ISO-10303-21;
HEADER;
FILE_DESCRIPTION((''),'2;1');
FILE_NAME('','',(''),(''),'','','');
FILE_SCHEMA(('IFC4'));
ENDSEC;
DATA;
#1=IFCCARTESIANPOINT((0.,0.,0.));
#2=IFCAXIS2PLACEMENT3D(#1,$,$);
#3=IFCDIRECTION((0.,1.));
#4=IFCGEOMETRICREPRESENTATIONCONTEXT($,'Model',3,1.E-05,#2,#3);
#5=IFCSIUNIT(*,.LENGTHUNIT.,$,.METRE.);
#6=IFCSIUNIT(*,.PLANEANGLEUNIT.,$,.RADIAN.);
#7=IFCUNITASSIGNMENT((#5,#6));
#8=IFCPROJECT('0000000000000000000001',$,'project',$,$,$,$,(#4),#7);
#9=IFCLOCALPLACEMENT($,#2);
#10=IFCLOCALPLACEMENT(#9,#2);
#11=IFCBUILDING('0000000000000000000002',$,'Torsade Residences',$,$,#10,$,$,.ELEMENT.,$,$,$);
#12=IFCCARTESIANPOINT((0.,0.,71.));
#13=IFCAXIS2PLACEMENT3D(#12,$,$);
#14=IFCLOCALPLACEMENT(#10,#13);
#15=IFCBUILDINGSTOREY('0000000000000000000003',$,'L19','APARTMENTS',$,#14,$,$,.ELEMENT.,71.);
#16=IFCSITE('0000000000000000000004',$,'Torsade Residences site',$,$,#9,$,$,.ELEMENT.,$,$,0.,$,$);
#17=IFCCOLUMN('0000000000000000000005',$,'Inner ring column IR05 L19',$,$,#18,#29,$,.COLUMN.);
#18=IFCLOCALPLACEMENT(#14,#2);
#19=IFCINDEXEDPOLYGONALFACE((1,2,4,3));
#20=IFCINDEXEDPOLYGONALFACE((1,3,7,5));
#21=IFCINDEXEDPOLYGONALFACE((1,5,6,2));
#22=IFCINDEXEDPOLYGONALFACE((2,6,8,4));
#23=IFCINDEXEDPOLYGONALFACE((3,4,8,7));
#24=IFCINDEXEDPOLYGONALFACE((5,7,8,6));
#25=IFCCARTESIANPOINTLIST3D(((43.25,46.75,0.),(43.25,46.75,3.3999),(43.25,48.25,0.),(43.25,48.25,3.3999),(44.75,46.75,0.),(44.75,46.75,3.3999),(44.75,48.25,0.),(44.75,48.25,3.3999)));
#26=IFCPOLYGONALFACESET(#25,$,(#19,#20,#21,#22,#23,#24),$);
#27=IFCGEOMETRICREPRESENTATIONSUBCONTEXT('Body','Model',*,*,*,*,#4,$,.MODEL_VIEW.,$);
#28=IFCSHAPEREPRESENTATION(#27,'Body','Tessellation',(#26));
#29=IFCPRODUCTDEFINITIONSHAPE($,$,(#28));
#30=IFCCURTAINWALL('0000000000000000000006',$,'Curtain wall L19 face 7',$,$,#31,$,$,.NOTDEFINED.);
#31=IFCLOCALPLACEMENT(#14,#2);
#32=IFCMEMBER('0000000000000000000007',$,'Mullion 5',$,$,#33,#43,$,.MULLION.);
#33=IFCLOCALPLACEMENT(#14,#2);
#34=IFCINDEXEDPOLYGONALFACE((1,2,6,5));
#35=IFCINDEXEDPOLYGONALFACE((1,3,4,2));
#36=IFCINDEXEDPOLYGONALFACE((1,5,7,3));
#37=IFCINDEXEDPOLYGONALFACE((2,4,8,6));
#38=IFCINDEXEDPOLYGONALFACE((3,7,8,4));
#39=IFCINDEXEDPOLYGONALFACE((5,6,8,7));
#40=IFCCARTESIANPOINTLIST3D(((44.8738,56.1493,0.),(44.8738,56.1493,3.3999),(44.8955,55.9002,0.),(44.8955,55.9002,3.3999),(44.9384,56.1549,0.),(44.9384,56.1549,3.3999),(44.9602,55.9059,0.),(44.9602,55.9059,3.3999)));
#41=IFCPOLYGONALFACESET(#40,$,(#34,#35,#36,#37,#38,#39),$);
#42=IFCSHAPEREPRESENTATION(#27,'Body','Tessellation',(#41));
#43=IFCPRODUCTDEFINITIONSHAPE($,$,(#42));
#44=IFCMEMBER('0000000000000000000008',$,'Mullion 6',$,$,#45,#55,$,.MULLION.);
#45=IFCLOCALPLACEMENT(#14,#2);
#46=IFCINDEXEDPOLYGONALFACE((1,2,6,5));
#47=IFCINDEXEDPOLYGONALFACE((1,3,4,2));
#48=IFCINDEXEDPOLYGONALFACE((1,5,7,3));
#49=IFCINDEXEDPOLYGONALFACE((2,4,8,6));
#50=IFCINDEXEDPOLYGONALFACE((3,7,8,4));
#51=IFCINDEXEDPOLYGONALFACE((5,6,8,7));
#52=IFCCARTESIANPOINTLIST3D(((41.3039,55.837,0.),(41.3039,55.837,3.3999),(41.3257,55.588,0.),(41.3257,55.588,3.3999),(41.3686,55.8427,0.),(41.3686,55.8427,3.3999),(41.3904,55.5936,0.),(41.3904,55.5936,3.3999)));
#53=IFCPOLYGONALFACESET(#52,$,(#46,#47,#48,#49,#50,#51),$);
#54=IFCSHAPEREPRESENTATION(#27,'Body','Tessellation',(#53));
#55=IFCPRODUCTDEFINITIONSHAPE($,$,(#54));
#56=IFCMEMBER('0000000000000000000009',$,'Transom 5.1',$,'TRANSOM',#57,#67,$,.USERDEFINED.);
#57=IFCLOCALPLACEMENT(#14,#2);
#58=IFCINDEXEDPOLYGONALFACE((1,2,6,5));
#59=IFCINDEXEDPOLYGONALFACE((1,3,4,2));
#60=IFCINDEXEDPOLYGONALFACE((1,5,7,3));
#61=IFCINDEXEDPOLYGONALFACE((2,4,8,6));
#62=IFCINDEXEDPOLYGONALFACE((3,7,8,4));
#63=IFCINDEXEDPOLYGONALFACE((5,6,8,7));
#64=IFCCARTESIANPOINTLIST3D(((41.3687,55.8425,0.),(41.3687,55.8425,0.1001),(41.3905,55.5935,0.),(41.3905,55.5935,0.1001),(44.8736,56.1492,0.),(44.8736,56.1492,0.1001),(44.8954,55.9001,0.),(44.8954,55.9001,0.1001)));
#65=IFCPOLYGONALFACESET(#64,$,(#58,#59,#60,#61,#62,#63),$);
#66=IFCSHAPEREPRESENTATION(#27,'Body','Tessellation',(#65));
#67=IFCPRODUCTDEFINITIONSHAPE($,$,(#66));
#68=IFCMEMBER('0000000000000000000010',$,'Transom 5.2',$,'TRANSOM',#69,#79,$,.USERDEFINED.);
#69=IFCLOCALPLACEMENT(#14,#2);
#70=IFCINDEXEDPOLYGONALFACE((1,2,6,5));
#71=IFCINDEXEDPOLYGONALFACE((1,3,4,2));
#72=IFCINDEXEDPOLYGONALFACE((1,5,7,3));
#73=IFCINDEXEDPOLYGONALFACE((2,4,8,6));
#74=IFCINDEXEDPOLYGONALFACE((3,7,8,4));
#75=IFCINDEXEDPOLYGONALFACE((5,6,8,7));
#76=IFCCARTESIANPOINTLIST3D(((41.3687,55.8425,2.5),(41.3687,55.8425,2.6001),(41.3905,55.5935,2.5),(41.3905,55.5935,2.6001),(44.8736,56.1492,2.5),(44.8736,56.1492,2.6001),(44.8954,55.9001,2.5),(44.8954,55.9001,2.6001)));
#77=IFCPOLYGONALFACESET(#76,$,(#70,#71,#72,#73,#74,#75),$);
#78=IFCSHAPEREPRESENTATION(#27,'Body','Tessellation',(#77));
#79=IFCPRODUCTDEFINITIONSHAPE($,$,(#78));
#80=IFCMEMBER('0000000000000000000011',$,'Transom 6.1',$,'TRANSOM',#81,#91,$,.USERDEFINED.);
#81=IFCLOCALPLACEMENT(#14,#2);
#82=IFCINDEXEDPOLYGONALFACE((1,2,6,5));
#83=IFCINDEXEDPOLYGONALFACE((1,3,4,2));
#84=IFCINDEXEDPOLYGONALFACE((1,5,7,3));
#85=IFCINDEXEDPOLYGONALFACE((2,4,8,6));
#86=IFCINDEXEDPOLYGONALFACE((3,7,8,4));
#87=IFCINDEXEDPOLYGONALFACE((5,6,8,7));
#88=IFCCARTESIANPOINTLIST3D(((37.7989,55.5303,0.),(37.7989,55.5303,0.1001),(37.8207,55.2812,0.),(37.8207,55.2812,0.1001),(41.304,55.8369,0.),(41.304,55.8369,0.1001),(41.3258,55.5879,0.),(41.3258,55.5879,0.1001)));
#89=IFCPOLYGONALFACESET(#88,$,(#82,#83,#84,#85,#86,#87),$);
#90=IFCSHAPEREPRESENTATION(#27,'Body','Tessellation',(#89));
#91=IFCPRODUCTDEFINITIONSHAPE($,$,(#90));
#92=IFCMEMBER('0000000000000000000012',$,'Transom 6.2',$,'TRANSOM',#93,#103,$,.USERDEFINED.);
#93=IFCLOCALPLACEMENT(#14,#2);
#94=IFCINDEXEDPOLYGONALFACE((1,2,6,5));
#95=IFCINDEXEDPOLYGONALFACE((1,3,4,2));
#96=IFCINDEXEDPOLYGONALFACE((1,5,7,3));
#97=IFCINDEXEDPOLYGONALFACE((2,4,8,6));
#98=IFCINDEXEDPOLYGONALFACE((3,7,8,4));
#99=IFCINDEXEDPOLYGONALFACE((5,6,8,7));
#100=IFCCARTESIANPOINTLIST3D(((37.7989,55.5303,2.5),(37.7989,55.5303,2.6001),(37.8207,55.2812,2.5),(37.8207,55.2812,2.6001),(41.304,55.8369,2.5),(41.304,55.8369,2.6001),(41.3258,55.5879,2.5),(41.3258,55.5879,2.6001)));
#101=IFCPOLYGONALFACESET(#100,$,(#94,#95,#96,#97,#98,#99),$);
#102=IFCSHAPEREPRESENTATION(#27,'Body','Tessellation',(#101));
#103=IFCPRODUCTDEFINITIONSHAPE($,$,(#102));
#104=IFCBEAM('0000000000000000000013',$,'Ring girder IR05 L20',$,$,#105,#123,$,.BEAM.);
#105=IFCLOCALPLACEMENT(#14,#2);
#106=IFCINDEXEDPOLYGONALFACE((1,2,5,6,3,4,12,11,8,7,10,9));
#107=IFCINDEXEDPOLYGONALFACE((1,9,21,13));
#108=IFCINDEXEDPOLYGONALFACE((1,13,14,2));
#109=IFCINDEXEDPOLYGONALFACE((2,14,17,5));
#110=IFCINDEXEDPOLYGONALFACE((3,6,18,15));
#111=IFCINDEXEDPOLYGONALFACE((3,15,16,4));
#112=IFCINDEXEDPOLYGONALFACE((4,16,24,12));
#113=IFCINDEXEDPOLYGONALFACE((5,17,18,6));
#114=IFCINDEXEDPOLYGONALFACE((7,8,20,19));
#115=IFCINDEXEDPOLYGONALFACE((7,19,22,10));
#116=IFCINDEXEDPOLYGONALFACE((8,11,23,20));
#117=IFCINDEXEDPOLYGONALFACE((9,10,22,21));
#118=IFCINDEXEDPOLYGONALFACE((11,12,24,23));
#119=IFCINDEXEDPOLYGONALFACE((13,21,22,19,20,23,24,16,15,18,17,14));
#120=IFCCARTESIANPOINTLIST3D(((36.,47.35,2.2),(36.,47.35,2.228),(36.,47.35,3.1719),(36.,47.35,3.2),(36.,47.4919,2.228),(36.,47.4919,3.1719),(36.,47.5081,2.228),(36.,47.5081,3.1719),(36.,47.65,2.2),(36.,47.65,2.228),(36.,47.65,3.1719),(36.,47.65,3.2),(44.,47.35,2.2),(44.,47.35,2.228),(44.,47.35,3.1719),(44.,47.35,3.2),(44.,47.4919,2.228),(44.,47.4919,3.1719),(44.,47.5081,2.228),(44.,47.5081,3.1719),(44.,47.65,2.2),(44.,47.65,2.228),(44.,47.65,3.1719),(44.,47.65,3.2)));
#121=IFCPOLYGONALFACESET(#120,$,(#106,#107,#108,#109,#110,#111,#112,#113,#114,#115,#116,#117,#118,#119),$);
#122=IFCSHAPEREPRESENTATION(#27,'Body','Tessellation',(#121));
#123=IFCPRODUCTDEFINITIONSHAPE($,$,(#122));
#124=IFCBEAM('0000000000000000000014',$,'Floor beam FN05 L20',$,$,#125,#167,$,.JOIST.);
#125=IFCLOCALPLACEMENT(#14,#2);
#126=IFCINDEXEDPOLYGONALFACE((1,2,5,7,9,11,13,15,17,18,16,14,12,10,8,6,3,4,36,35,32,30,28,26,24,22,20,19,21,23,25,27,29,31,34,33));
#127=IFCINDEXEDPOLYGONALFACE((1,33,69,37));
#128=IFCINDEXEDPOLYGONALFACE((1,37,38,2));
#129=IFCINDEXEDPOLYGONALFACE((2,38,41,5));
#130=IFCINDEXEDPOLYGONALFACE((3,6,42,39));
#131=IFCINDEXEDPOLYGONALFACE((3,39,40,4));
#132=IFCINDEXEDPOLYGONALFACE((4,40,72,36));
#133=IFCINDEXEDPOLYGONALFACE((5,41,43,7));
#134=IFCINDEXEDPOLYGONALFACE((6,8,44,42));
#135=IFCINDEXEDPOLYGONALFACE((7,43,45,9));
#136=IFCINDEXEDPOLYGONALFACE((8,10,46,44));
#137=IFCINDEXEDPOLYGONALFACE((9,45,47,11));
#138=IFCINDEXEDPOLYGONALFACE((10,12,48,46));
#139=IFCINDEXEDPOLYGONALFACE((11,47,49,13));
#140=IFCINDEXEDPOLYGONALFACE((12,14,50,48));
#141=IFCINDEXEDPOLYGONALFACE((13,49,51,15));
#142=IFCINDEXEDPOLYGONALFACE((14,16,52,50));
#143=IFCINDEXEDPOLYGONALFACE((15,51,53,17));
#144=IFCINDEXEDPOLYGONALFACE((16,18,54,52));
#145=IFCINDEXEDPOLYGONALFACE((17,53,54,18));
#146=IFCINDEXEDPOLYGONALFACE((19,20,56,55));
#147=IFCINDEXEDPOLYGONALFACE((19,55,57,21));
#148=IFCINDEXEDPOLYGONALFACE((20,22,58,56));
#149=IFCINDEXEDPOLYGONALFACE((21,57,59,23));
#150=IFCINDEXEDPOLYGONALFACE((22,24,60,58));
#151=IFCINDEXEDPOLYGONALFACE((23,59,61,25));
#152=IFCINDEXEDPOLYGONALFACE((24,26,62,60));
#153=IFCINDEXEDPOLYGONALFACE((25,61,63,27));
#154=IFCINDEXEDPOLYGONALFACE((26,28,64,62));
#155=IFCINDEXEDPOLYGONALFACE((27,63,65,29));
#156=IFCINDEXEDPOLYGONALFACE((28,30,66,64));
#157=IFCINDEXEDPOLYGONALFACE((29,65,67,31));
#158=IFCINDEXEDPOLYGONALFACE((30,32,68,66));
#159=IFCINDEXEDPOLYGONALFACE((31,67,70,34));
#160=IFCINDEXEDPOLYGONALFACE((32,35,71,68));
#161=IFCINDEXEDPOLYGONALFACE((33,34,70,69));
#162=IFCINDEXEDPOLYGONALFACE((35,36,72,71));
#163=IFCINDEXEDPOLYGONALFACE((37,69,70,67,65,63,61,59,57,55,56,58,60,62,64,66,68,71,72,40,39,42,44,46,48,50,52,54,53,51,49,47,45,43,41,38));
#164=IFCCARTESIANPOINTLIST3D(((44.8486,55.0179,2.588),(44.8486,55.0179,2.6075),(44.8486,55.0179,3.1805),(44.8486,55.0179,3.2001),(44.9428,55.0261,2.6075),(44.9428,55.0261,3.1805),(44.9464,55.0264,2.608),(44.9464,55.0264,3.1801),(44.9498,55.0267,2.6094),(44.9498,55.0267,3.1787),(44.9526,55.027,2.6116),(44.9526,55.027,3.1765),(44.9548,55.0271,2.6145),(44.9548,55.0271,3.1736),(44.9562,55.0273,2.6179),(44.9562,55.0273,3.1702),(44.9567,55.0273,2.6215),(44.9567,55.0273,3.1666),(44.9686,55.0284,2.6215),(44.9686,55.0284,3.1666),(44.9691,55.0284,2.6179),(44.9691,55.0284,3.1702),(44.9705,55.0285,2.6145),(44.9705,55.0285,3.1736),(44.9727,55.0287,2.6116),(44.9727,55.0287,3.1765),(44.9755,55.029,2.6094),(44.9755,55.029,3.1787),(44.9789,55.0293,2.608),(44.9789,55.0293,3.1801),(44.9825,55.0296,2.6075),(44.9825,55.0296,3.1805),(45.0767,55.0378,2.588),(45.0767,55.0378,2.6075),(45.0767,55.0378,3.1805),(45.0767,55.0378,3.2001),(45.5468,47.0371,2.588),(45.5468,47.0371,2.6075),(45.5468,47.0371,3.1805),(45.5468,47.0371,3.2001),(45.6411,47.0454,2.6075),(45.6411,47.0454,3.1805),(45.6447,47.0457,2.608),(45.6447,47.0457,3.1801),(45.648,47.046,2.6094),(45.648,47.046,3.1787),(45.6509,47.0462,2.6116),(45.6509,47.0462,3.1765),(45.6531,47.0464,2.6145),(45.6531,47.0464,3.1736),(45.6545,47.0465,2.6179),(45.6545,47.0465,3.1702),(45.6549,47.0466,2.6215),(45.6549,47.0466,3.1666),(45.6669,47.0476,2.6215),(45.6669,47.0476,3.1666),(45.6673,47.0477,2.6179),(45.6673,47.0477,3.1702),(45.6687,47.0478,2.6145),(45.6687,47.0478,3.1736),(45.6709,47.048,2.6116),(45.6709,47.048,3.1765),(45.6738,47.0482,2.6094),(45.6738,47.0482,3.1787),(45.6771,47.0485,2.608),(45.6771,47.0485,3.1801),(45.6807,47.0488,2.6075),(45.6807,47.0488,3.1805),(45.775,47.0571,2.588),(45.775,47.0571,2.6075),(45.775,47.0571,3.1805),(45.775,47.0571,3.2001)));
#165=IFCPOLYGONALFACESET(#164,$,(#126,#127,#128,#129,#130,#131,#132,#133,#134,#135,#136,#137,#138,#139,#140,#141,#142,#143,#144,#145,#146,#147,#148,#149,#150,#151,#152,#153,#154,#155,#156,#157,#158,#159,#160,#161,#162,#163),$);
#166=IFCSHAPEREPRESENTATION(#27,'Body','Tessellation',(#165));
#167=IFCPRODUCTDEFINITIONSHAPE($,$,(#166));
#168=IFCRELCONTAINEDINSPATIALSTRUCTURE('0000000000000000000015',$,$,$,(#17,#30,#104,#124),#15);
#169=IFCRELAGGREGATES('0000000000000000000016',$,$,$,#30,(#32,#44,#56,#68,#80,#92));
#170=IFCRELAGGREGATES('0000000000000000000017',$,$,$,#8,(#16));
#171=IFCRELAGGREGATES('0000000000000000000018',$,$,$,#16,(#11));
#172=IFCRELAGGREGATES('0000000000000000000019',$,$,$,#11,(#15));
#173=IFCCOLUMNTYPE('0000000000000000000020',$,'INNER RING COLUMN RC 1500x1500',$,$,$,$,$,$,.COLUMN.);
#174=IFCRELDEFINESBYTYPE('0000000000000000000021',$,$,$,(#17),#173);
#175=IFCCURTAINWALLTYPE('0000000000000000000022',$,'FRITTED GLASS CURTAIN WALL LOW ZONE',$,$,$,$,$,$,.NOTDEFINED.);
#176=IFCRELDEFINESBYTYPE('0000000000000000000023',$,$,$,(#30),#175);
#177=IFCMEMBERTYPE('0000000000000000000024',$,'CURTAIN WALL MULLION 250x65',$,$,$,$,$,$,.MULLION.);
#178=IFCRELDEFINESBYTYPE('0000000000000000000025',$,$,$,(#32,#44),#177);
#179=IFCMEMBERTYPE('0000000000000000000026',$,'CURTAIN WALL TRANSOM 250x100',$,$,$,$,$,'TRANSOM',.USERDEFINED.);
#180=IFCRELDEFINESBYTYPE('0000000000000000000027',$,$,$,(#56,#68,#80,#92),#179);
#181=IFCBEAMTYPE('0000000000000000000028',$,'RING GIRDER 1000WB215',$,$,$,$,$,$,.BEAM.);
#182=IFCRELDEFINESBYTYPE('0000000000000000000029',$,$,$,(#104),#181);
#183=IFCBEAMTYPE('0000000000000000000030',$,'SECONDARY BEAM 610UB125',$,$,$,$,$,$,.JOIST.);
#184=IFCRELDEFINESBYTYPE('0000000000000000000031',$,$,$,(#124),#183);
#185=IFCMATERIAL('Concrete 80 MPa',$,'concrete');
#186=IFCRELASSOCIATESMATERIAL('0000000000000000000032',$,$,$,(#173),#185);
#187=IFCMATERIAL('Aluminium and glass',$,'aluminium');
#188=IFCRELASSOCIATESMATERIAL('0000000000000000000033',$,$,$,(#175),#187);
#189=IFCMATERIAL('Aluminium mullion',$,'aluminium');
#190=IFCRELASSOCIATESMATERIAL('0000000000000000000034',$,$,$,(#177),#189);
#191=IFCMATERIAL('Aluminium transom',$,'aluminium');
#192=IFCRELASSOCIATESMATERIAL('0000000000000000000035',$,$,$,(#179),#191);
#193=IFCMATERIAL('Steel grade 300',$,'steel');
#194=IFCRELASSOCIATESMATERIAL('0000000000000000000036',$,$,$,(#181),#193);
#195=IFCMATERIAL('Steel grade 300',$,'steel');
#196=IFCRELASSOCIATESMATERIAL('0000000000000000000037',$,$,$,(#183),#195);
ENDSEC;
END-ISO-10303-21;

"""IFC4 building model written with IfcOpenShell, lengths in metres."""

from ifc_helpers import new_model, si_unit, direction, frame, origin, origin_2d, place, context, subcontext, project, spatial, rectangle, i_section, extrude, material, material_profile, profile_set, type_object, element, aggregate, save


model = new_model("IFC4")

# Units and contexts
model_context = context("Model", 3, precision=1e-05, world=origin(), true_north=direction((0.0, 1.0)))
body_context = subcontext(model_context, "Body", "Model", "MODEL_VIEW")
ifc_project = project(units=[si_unit("LENGTHUNIT", "METRE"), si_unit("PLANEANGLEUNIT", "RADIAN")], contexts=[model_context])

# Site, building, storey
site_placement = place(None, origin())
site = spatial("IfcSite", under=ifc_project, at=site_placement, Name="Torsade Residences site", CompositionType="ELEMENT", RefElevation=0.0)
building_placement = place(site_placement, origin())
building = spatial("IfcBuilding", under=site, at=building_placement, Name="Torsade Residences", CompositionType="ELEMENT")
storey_placement = place(building_placement, frame((0.0, 0.0, 71.0)))
storey = spatial("IfcBuildingStorey", under=building, at=storey_placement, Name="L19", Description="APARTMENTS", CompositionType="ELEMENT", Elevation=71.0)

# Column
ifc_material_1 = material(Name="Concrete 80 MPa", Category="concrete")
ifc_material_profile_1 = material_profile(ifc_material_1, rectangle(XDim=1.5, YDim=1.5, at=origin_2d()), Name="RC 1500x1500")
ifc_profile_set_1 = profile_set([ifc_material_profile_1], Name="Concrete 80 MPa")
column_type = type_object("IfcColumnType", Name="INNER RING COLUMN RC 1500x1500", PredefinedType="COLUMN", material=ifc_profile_set_1)
column_placement = place(storey_placement, frame((44.0, 47.5, 0.0), z_axis=(0.0, 0.0, 1.0), x_axis=(1.0, 0.0, 0.0)))
element("IfcColumn", 1, at=column_placement, inside=storey, type_object=column_type, Name="Inner ring column IR05 L19", PredefinedType="COLUMN", context=body_context, shape_type="SweptSolid", body=[
    extrude(rectangle(XDim=1.5, YDim=1.5, at=origin_2d()), origin(), (0.0, 0.0, 1.0), 3.3999),
])

# Curtain wall, members
ifc_material_2 = material(Name="Aluminium and glass", Category="aluminium")
curtain_wall_type = type_object("IfcCurtainWallType", Name="FRITTED GLASS CURTAIN WALL LOW ZONE", PredefinedType="NOTDEFINED", material=ifc_material_2)
curtain_wall_placement = place(storey_placement, origin())
curtain_wall = element("IfcCurtainWall", 2, at=curtain_wall_placement, inside=storey, type_object=curtain_wall_type, Name="Curtain wall L19 face 7", PredefinedType="NOTDEFINED")
ifc_material_3 = material(Name="Aluminium mullion", Category="aluminium")
ifc_material_profile_2 = material_profile(ifc_material_3, rectangle(XDim=0.25, YDim=0.0649, at=origin_2d()), Name="CURTAIN WALL MULLION 250x65")
ifc_profile_set_2 = profile_set([ifc_material_profile_2], Name="Aluminium mullion")
member_type_1 = type_object("IfcMemberType", Name="CURTAIN WALL MULLION 250x65", PredefinedType="MULLION", material=ifc_profile_set_2)
member_1_placement = place(storey_placement, frame((44.917, 56.0276, 0.0), z_axis=(0.0, 0.0, 1.0), x_axis=(0.087156, -0.996195, 0.0)))
member_1 = element("IfcMember", 3, at=member_1_placement, type_object=member_type_1, Name="Mullion 5", PredefinedType="MULLION", context=body_context, shape_type="SweptSolid", body=[
    extrude(rectangle(XDim=0.25, YDim=0.0649, at=origin_2d()), origin(), (0.0, 0.0, 1.0), 3.3999),
])
member_2_placement = place(storey_placement, frame((41.3472, 55.7153, 0.0), z_axis=(0.0, 0.0, 1.0), x_axis=(0.087156, -0.996195, 0.0)))
member_2 = element("IfcMember", 4, at=member_2_placement, type_object=member_type_1, Name="Mullion 6", PredefinedType="MULLION", context=body_context, shape_type="SweptSolid", body=[
    extrude(rectangle(XDim=0.25, YDim=0.0649, at=origin_2d()), origin(), (0.0, 0.0, 1.0), 3.3999),
])
ifc_material_4 = material(Name="Aluminium transom", Category="aluminium")
ifc_material_profile_3 = material_profile(ifc_material_4, rectangle(XDim=0.25, YDim=0.1001, at=origin_2d()), Name="CURTAIN WALL TRANSOM 250x100")
ifc_profile_set_3 = profile_set([ifc_material_profile_3], Name="Aluminium transom")
member_type_2 = type_object("IfcMemberType", Name="CURTAIN WALL TRANSOM 250x100", ElementType="TRANSOM", PredefinedType="USERDEFINED", material=ifc_profile_set_3)
member_3_placement = place(storey_placement, frame((44.8845, 56.0247, 0.05), z_axis=(-0.996195, -0.087157, 0.0), x_axis=(0.087157, -0.996195, 0.0)))
member_3 = element("IfcMember", 5, at=member_3_placement, type_object=member_type_2, Name="Transom 5.1", ObjectType="TRANSOM", PredefinedType="USERDEFINED", context=body_context, shape_type="SweptSolid", body=[
    extrude(rectangle(XDim=0.25, YDim=0.1001, at=origin_2d()), origin(), (0.0, 0.0, 1.0), 3.5183),
])
member_4_placement = place(storey_placement, frame((44.8845, 56.0247, 2.55), z_axis=(-0.996195, -0.087157, 0.0), x_axis=(0.087157, -0.996195, 0.0)))
member_4 = element("IfcMember", 6, at=member_4_placement, type_object=member_type_2, Name="Transom 5.2", ObjectType="TRANSOM", PredefinedType="USERDEFINED", context=body_context, shape_type="SweptSolid", body=[
    extrude(rectangle(XDim=0.25, YDim=0.1001, at=origin_2d()), origin(), (0.0, 0.0, 1.0), 3.5183),
])
member_5_placement = place(storey_placement, frame((41.3149, 55.7124, 0.05), z_axis=(-0.996195, -0.087151, 0.0), x_axis=(0.087151, -0.996195, 0.0)))
member_5 = element("IfcMember", 7, at=member_5_placement, type_object=member_type_2, Name="Transom 6.1", ObjectType="TRANSOM", PredefinedType="USERDEFINED", context=body_context, shape_type="SweptSolid", body=[
    extrude(rectangle(XDim=0.25, YDim=0.1001, at=origin_2d()), origin(), (0.0, 0.0, 1.0), 3.5186),
])
member_6_placement = place(storey_placement, frame((41.3149, 55.7124, 2.55), z_axis=(-0.996195, -0.087151, 0.0), x_axis=(0.087151, -0.996195, 0.0)))
member_6 = element("IfcMember", 8, at=member_6_placement, type_object=member_type_2, Name="Transom 6.2", ObjectType="TRANSOM", PredefinedType="USERDEFINED", context=body_context, shape_type="SweptSolid", body=[
    extrude(rectangle(XDim=0.25, YDim=0.1001, at=origin_2d()), origin(), (0.0, 0.0, 1.0), 3.5186),
])

# Beams
ifc_material_5 = material(Name="Steel grade 300", Category="steel")
ifc_material_profile_4 = material_profile(ifc_material_5, i_section(OverallWidth=0.3, OverallDepth=1.0, WebThickness=0.0161, FlangeThickness=0.0281, at=origin_2d()), Name="1000WB215")
ifc_profile_set_4 = profile_set([ifc_material_profile_4], Name="Steel grade 300")
beam_type_1 = type_object("IfcBeamType", Name="RING GIRDER 1000WB215", PredefinedType="BEAM", material=ifc_profile_set_4)
beam_1_placement = place(storey_placement, frame((44.0, 47.5, 2.7), z_axis=(-1.0, 0.0, 0.0), x_axis=(0.0, -1.0, 0.0)))
element("IfcBeam", 9, at=beam_1_placement, inside=storey, type_object=beam_type_1, Name="Ring girder IR05 L20", PredefinedType="BEAM", context=body_context, shape_type="SweptSolid", body=[
    extrude(i_section(OverallWidth=0.3, OverallDepth=1.0, WebThickness=0.0161, FlangeThickness=0.0281, at=origin_2d()), origin(), (0.0, 0.0, 1.0), 8.0),
])
ifc_material_6 = material(Name="Steel grade 300", Category="steel")
ifc_material_profile_5 = material_profile(ifc_material_6, i_section(OverallWidth=0.229, OverallDepth=0.6121, WebThickness=0.012, FlangeThickness=0.0195, FilletRadius=0.0139, at=origin_2d()), Name="610UB125")
ifc_profile_set_5 = profile_set([ifc_material_profile_5], Name="Steel grade 300")
beam_type_2 = type_object("IfcBeamType", Name="SECONDARY BEAM 610UB125", PredefinedType="JOIST", material=ifc_profile_set_5)
beam_2_placement = place(storey_placement, frame((44.9626, 55.0278, 2.894), z_axis=(0.087158, -0.996194, 0.0), x_axis=(0.996194, 0.087158, 0.0)))
element("IfcBeam", 10, at=beam_2_placement, inside=storey, type_object=beam_type_2, Name="Floor beam FN05 L20", PredefinedType="JOIST", context=body_context, shape_type="SweptSolid", body=[
    extrude(i_section(OverallWidth=0.229, OverallDepth=0.6121, WebThickness=0.012, FlangeThickness=0.0195, FilletRadius=0.0139, at=origin_2d()), origin(), (0.0, 0.0, 1.0), 8.0112),
])

aggregate(curtain_wall, [member_1, member_2, member_3, member_4, member_5, member_6])

save(model, "model.ifc")
